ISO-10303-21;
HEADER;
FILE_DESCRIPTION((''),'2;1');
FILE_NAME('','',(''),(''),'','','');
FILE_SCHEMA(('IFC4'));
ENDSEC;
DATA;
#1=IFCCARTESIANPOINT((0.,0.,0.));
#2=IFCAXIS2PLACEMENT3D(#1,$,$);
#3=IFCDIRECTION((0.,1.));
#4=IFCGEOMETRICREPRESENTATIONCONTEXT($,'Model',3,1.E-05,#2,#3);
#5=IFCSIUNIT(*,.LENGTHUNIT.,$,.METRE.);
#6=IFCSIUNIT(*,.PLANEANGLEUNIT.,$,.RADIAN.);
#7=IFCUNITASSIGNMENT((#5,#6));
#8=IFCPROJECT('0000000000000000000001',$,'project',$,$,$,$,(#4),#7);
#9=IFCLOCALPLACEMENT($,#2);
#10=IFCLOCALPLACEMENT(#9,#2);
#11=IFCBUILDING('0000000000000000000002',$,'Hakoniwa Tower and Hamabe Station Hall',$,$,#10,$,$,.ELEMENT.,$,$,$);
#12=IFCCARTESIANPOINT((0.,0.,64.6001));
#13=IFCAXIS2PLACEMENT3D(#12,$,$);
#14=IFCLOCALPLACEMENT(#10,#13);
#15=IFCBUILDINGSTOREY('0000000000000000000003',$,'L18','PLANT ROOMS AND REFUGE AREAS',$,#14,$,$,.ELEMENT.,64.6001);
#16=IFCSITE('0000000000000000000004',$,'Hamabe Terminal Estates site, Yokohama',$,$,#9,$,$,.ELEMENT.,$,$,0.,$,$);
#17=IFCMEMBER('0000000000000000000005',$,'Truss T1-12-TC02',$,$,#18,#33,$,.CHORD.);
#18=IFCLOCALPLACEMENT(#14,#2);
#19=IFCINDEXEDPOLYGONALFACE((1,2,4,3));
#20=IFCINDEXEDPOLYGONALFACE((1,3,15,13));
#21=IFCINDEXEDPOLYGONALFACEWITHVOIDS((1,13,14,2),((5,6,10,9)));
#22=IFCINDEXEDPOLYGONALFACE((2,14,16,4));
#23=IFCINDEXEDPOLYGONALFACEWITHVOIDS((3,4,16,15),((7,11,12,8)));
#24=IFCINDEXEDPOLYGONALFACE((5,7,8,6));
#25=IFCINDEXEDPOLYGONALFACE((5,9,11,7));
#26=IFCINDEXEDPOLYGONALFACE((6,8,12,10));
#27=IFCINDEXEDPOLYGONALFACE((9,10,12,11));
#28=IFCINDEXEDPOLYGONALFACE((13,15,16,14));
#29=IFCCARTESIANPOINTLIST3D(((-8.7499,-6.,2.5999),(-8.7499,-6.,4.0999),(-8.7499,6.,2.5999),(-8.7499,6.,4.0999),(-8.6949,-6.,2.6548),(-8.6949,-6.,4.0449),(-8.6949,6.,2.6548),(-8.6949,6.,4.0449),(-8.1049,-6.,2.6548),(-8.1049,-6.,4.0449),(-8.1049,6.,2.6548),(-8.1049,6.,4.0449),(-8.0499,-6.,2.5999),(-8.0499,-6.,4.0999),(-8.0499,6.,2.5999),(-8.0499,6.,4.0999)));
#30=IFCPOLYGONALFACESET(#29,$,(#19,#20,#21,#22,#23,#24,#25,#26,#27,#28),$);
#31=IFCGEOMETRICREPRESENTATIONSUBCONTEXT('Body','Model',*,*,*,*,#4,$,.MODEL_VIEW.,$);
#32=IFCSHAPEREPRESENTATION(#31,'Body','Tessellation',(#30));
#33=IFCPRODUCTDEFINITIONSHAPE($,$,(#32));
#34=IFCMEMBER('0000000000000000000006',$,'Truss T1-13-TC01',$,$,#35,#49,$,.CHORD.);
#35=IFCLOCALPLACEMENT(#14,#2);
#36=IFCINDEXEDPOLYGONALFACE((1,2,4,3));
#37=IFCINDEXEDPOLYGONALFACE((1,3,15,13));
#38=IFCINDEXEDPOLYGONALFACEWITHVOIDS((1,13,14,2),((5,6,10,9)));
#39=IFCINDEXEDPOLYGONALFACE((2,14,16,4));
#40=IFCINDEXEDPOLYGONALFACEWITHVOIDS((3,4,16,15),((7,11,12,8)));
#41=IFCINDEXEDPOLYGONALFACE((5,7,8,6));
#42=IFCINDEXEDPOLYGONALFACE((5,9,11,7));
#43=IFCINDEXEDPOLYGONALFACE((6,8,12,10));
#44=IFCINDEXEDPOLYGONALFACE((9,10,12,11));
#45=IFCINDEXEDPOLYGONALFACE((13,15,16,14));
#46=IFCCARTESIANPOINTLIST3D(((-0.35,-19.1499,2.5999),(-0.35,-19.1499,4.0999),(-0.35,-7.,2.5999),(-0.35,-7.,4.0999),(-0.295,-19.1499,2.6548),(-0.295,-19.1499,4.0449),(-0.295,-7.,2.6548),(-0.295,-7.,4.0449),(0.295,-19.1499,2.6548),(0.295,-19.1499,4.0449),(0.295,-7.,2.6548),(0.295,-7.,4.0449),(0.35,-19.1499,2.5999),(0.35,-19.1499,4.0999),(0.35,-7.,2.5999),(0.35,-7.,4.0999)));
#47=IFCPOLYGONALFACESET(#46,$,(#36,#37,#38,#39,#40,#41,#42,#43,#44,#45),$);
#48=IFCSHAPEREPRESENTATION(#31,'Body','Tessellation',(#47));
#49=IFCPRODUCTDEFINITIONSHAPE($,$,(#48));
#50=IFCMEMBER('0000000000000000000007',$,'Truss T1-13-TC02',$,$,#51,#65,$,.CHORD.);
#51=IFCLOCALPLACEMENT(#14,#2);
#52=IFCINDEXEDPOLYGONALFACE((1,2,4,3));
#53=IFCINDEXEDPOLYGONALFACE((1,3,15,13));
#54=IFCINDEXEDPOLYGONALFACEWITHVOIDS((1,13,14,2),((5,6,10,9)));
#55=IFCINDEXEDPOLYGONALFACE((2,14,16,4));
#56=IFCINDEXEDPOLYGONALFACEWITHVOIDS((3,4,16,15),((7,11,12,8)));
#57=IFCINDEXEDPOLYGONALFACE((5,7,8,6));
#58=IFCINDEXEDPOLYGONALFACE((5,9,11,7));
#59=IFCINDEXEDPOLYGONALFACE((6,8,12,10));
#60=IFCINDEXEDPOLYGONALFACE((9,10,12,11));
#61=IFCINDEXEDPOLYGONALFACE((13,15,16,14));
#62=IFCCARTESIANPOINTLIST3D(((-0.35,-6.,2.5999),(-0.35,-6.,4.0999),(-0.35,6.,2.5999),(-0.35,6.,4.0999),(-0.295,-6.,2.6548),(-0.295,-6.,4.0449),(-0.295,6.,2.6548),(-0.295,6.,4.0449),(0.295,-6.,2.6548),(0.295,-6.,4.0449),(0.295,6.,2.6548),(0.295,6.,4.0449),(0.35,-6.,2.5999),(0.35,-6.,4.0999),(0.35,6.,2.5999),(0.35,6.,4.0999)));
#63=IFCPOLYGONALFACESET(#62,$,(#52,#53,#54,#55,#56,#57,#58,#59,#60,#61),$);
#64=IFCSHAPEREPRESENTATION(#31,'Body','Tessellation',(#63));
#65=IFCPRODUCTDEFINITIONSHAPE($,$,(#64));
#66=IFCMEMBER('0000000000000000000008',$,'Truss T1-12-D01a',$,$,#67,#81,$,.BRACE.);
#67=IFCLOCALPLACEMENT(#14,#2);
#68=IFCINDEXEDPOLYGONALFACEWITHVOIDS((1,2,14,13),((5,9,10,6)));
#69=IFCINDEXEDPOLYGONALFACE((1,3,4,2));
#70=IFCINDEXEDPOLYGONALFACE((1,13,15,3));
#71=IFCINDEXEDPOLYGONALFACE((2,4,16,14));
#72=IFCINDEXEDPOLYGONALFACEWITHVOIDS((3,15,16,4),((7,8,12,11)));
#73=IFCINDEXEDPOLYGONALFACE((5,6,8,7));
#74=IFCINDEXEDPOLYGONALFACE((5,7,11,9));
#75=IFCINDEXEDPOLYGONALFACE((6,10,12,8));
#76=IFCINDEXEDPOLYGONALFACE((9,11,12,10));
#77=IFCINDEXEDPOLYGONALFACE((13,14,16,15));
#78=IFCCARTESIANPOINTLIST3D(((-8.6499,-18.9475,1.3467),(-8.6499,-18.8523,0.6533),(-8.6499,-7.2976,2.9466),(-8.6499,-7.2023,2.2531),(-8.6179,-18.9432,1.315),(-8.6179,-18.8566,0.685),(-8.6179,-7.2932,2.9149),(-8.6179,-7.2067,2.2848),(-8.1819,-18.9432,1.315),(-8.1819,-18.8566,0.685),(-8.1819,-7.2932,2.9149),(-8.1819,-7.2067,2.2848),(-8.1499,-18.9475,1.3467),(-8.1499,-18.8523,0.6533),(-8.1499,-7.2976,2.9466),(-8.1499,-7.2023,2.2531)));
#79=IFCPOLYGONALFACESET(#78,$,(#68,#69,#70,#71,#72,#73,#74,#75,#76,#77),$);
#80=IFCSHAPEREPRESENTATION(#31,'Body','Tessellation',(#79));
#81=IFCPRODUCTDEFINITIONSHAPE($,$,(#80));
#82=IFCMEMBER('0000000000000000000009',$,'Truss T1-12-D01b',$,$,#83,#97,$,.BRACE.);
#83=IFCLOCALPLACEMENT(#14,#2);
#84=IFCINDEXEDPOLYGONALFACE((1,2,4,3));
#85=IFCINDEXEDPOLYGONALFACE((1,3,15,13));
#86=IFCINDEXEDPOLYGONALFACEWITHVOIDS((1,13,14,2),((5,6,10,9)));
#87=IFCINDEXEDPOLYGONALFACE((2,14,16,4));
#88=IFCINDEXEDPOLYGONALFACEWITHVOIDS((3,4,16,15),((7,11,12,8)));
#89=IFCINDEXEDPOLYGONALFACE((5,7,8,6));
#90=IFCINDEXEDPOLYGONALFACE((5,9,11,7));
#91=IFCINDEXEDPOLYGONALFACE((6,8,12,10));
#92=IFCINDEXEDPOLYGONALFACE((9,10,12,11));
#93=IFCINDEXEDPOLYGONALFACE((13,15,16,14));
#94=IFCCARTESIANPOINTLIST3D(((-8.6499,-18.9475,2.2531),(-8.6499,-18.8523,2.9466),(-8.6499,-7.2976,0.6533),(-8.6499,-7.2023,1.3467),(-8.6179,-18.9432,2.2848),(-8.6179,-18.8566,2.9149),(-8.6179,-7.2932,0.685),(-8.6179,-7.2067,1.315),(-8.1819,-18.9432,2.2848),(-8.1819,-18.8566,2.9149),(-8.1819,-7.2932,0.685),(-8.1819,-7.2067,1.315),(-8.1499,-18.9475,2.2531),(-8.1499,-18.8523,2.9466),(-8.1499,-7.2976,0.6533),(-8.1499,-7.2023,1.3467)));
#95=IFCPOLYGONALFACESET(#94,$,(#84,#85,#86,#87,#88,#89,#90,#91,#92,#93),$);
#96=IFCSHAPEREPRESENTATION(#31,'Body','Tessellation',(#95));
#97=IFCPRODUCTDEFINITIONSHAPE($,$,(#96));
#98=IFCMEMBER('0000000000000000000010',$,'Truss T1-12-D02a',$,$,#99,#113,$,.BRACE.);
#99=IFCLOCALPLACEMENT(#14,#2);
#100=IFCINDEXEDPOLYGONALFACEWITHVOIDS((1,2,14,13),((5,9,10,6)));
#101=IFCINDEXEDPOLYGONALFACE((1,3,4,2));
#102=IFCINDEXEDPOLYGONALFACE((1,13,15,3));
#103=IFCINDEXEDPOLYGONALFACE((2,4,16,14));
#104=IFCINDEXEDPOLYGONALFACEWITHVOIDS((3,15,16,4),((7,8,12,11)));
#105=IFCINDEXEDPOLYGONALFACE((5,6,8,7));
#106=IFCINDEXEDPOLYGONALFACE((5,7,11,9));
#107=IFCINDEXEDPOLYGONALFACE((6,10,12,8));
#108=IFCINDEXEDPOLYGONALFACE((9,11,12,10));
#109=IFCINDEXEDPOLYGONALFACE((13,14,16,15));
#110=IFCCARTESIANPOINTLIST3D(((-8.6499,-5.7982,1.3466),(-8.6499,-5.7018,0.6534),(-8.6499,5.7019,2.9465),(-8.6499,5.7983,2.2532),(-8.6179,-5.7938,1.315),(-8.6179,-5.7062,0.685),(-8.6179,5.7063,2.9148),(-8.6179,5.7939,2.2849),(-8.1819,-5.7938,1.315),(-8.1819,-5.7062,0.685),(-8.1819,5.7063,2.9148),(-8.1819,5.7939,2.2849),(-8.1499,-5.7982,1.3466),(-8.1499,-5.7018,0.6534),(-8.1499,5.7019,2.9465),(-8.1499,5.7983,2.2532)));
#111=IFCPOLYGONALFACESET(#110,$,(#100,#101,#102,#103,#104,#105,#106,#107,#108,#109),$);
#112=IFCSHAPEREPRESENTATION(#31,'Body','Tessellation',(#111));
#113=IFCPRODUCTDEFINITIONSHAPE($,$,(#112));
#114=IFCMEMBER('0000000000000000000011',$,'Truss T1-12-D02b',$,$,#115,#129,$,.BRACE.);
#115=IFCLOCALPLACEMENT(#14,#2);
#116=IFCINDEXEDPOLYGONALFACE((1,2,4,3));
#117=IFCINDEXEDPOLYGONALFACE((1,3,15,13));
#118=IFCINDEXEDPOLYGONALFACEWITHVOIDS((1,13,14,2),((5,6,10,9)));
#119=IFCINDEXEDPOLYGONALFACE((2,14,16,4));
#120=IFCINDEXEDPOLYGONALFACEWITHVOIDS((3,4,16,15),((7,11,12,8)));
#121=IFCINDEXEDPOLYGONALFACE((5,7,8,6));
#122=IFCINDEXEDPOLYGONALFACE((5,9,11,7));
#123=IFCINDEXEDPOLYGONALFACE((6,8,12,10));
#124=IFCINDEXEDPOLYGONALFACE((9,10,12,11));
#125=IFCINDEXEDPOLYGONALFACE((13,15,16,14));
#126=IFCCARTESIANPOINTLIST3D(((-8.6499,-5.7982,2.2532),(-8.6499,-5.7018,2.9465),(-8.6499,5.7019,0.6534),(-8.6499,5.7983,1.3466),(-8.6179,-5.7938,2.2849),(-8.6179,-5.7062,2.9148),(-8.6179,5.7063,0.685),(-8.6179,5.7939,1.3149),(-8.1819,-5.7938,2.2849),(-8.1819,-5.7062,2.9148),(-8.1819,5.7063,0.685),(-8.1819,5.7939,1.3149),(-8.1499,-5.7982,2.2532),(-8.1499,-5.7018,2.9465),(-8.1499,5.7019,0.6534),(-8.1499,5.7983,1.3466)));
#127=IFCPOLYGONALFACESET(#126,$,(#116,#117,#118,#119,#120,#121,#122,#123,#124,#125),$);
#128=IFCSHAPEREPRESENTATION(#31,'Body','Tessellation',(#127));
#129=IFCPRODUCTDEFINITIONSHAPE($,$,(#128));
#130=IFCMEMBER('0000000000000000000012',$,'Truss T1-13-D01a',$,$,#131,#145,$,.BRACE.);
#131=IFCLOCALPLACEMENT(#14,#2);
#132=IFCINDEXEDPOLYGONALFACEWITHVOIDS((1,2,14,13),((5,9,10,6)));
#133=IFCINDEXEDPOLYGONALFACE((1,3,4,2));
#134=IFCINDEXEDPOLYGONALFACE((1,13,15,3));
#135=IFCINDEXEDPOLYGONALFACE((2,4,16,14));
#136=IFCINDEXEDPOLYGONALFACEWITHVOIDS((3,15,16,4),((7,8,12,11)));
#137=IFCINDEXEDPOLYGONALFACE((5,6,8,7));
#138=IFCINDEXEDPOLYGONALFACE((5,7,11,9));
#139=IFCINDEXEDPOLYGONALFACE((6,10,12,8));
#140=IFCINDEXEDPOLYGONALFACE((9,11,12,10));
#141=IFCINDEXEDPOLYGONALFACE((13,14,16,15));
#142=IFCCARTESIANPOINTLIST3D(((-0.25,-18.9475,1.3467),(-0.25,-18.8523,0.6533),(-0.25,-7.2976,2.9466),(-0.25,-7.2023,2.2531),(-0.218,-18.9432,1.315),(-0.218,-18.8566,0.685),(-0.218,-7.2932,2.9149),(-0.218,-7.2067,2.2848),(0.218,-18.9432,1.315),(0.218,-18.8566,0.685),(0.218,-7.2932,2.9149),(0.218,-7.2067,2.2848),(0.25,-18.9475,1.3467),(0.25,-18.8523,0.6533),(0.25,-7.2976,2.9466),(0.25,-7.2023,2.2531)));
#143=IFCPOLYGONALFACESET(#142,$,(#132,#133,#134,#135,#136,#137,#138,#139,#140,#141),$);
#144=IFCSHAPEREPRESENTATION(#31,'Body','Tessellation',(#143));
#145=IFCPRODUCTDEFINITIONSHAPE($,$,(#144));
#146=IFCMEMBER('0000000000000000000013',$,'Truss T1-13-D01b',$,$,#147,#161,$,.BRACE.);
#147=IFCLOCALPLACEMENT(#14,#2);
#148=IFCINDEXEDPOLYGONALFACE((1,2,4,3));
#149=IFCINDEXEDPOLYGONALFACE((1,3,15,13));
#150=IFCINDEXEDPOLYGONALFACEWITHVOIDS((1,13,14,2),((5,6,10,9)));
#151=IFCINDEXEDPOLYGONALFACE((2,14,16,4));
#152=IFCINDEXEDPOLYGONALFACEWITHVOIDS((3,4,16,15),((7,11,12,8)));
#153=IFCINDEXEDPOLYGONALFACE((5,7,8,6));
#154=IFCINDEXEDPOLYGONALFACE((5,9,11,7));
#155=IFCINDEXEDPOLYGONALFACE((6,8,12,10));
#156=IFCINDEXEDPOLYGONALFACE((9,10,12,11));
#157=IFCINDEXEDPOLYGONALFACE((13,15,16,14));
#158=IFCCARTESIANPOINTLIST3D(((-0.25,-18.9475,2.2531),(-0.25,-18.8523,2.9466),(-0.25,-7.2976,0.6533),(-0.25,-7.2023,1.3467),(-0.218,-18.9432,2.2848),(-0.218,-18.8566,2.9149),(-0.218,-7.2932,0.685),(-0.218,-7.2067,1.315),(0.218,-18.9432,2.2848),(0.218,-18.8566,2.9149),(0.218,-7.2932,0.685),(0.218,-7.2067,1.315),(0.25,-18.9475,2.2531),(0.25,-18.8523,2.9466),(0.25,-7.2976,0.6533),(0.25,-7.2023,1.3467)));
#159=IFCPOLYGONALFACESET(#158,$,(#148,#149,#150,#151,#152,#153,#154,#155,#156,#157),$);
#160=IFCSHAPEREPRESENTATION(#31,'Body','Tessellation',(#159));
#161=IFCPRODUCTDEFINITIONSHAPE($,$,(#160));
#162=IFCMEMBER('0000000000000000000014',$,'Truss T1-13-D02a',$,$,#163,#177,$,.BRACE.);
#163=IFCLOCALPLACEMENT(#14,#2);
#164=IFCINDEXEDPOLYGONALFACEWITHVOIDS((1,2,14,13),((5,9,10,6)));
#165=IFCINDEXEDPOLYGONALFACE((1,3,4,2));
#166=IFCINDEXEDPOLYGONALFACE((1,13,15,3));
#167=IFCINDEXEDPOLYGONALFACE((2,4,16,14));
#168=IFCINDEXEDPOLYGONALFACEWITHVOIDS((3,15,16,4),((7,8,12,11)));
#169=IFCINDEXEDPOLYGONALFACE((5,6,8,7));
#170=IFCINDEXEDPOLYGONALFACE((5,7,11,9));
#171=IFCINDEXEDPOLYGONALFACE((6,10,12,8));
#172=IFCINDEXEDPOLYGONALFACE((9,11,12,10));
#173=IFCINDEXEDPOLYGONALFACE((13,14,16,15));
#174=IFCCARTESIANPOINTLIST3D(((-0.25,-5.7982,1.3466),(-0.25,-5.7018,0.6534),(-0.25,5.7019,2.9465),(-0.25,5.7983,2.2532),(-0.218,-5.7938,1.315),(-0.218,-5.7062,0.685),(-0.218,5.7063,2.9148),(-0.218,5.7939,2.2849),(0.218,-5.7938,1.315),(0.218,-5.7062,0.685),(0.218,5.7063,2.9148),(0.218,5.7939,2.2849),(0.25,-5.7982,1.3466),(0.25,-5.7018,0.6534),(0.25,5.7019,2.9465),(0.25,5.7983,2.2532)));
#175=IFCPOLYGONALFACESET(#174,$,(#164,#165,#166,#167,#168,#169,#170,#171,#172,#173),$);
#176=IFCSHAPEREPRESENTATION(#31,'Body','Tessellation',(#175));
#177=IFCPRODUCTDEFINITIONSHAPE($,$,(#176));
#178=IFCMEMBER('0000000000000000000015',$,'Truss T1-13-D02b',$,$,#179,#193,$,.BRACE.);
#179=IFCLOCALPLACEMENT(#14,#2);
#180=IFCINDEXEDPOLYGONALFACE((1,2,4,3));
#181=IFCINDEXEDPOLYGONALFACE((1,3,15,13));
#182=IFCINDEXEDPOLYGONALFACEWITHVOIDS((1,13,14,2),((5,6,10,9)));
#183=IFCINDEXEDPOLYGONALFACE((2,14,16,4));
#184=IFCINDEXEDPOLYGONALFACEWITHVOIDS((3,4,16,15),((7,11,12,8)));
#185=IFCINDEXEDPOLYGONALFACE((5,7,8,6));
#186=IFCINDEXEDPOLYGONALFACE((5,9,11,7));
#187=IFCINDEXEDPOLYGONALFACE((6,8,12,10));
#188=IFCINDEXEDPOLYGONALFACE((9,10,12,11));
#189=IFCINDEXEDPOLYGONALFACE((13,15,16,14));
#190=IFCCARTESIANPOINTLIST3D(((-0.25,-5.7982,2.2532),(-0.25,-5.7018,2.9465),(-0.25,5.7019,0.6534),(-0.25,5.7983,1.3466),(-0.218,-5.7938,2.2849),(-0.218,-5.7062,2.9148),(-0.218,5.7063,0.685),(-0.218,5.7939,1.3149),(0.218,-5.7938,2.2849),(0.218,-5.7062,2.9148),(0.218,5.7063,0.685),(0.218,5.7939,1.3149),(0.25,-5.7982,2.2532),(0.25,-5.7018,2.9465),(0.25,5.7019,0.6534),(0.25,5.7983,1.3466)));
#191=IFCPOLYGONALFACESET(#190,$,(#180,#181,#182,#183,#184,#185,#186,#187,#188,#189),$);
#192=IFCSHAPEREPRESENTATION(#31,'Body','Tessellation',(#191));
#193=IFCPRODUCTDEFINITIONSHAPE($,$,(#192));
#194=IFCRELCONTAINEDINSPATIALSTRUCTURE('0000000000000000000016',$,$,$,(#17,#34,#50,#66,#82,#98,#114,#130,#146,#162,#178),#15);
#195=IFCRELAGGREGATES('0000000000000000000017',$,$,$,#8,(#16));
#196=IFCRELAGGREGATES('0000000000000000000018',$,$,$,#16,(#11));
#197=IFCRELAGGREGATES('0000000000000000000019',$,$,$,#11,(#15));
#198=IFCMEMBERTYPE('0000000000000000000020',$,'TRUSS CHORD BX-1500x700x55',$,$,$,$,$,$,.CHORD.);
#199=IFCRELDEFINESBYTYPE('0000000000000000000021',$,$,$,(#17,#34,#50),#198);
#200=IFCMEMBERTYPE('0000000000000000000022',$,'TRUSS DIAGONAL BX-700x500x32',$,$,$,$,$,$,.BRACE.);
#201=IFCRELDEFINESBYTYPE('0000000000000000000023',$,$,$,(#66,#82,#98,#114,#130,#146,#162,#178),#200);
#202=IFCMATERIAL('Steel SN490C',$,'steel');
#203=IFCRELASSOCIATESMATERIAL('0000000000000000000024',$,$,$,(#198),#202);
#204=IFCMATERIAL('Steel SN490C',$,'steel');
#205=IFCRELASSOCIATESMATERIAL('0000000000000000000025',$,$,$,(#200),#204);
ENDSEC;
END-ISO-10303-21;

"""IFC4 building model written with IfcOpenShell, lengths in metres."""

from ifc_helpers import new_model, si_unit, direction, frame, origin, origin_2d, place, context, subcontext, project, spatial, hollow_rectangle, extrude, material, material_profile, profile_set, type_object, element, save


model = new_model("IFC4")

# Units and contexts
model_context = context("Model", 3, precision=1e-05, world=origin(), true_north=direction((0.0, 1.0)))
body_context = subcontext(model_context, "Body", "Model", "MODEL_VIEW")
ifc_project = project(units=[si_unit("LENGTHUNIT", "METRE"), si_unit("PLANEANGLEUNIT", "RADIAN")], contexts=[model_context])

# Site, building, storey
site_placement = place(None, origin())
site = spatial("IfcSite", under=ifc_project, at=site_placement, Name="Hamabe Terminal Estates site, Yokohama", CompositionType="ELEMENT", RefElevation=0.0)
building_placement = place(site_placement, origin())
building = spatial("IfcBuilding", under=site, at=building_placement, Name="Hakoniwa Tower and Hamabe Station Hall", CompositionType="ELEMENT")
storey_placement = place(building_placement, frame((0.0, 0.0, 64.6001)))
storey = spatial("IfcBuildingStorey", under=building, at=storey_placement, Name="L18", Description="PLANT ROOMS AND REFUGE AREAS", CompositionType="ELEMENT", Elevation=64.6001)

# Members
ifc_material_1 = material(Name="Steel SN490C", Category="steel")
ifc_material_profile_1 = material_profile(ifc_material_1, hollow_rectangle(XDim=0.7, YDim=1.5, WallThickness=0.0549, at=origin_2d()), Name="BX-1500x700x55")
ifc_profile_set_1 = profile_set([ifc_material_profile_1], Name="Steel SN490C")
member_type_1 = type_object("IfcMemberType", Name="TRUSS CHORD BX-1500x700x55", PredefinedType="CHORD", material=ifc_profile_set_1)
member_1_placement = place(storey_placement, frame((-8.3999, -6.0, 3.3499), z_axis=(0.0, 1.0, 0.0), x_axis=(-1.0, 0.0, 0.0)))
element("IfcMember", 1, at=member_1_placement, inside=storey, type_object=member_type_1, Name="Truss T1-12-TC02", PredefinedType="CHORD", context=body_context, shape_type="SweptSolid", body=[
    extrude(hollow_rectangle(XDim=0.7, YDim=1.5, WallThickness=0.0549, at=origin_2d()), origin(), (0.0, 0.0, 1.0), 12.0),
])
member_2_placement = place(storey_placement, frame((0.0, -19.1499, 3.3499), z_axis=(0.0, 1.0, 0.0), x_axis=(-1.0, 0.0, 0.0)))
element("IfcMember", 2, at=member_2_placement, inside=storey, type_object=member_type_1, Name="Truss T1-13-TC01", PredefinedType="CHORD", context=body_context, shape_type="SweptSolid", body=[
    extrude(hollow_rectangle(XDim=0.7, YDim=1.5, WallThickness=0.0549, at=origin_2d()), origin(), (0.0, 0.0, 1.0), 12.1499),
])
member_3_placement = place(storey_placement, frame((0.0, -6.0, 3.3499), z_axis=(0.0, 1.0, 0.0), x_axis=(-1.0, 0.0, 0.0)))
element("IfcMember", 3, at=member_3_placement, inside=storey, type_object=member_type_1, Name="Truss T1-13-TC02", PredefinedType="CHORD", context=body_context, shape_type="SweptSolid", body=[
    extrude(hollow_rectangle(XDim=0.7, YDim=1.5, WallThickness=0.0549, at=origin_2d()), origin(), (0.0, 0.0, 1.0), 12.0),
])
ifc_material_2 = material(Name="Steel SN490C", Category="steel")
ifc_material_profile_2 = material_profile(ifc_material_2, hollow_rectangle(XDim=0.5, YDim=0.7, WallThickness=0.032, at=origin_2d()), Name="BX-700x500x32")
ifc_profile_set_2 = profile_set([ifc_material_profile_2], Name="Steel SN490C")
member_type_2 = type_object("IfcMemberType", Name="TRUSS DIAGONAL BX-700x500x32", PredefinedType="BRACE", material=ifc_profile_set_2)
for number, where, z_axis, x_axis, name in (
    (4, (-8.3999, -18.8999, 1.0), (0.0, 0.990702, 0.136051), (-1.0, 0.0, 0.0), "Truss T1-12-D01a"),
    (5, (-8.3999, -18.8999, 2.5999), (0.0, 0.990702, -0.136051), (-1.0, 0.0, 0.0), "Truss T1-12-D01b"),
):
    element("IfcMember", number, at=place(storey_placement, frame(where, z_axis=z_axis, x_axis=x_axis)), inside=storey, type_object=member_type_2, Name=name, PredefinedType="BRACE", context=body_context, shape_type="SweptSolid", body=[
        extrude(hollow_rectangle(XDim=0.5, YDim=0.7, WallThickness=0.032, at=origin_2d()), origin(), (0.0, 0.0, 1.0), 11.7593),
    ])
for number, where, z_axis, x_axis, name in (
    (6, (-8.3999, -5.75, 1.0), (0.0, 0.990461, 0.137791), (-1.0, 0.0, 0.0), "Truss T1-12-D02a"),
    (7, (-8.3999, -5.75, 2.5999), (0.0, 0.990461, -0.137791), (-1.0, 0.0, 0.0), "Truss T1-12-D02b"),
):
    element("IfcMember", number, at=place(storey_placement, frame(where, z_axis=z_axis, x_axis=x_axis)), inside=storey, type_object=member_type_2, Name=name, PredefinedType="BRACE", context=body_context, shape_type="SweptSolid", body=[
        extrude(hollow_rectangle(XDim=0.5, YDim=0.7, WallThickness=0.032, at=origin_2d()), origin(), (0.0, 0.0, 1.0), 11.6108),
    ])
for number, where, z_axis, x_axis, name in (
    (8, (0.0, -18.8999, 1.0), (0.0, 0.990702, 0.136051), (-1.0, 0.0, 0.0), "Truss T1-13-D01a"),
    (9, (0.0, -18.8999, 2.5999), (0.0, 0.990702, -0.136051), (-1.0, 0.0, 0.0), "Truss T1-13-D01b"),
):
    element("IfcMember", number, at=place(storey_placement, frame(where, z_axis=z_axis, x_axis=x_axis)), inside=storey, type_object=member_type_2, Name=name, PredefinedType="BRACE", context=body_context, shape_type="SweptSolid", body=[
        extrude(hollow_rectangle(XDim=0.5, YDim=0.7, WallThickness=0.032, at=origin_2d()), origin(), (0.0, 0.0, 1.0), 11.7593),
    ])
for number, where, z_axis, x_axis, name in (
    (10, (0.0, -5.75, 1.0), (0.0, 0.990461, 0.137791), (-1.0, 0.0, 0.0), "Truss T1-13-D02a"),
    (11, (0.0, -5.75, 2.5999), (0.0, 0.990461, -0.137791), (-1.0, 0.0, 0.0), "Truss T1-13-D02b"),
):
    element("IfcMember", number, at=place(storey_placement, frame(where, z_axis=z_axis, x_axis=x_axis)), inside=storey, type_object=member_type_2, Name=name, PredefinedType="BRACE", context=body_context, shape_type="SweptSolid", body=[
        extrude(hollow_rectangle(XDim=0.5, YDim=0.7, WallThickness=0.032, at=origin_2d()), origin(), (0.0, 0.0, 1.0), 11.6108),
    ])

save(model, "model.ifc")
